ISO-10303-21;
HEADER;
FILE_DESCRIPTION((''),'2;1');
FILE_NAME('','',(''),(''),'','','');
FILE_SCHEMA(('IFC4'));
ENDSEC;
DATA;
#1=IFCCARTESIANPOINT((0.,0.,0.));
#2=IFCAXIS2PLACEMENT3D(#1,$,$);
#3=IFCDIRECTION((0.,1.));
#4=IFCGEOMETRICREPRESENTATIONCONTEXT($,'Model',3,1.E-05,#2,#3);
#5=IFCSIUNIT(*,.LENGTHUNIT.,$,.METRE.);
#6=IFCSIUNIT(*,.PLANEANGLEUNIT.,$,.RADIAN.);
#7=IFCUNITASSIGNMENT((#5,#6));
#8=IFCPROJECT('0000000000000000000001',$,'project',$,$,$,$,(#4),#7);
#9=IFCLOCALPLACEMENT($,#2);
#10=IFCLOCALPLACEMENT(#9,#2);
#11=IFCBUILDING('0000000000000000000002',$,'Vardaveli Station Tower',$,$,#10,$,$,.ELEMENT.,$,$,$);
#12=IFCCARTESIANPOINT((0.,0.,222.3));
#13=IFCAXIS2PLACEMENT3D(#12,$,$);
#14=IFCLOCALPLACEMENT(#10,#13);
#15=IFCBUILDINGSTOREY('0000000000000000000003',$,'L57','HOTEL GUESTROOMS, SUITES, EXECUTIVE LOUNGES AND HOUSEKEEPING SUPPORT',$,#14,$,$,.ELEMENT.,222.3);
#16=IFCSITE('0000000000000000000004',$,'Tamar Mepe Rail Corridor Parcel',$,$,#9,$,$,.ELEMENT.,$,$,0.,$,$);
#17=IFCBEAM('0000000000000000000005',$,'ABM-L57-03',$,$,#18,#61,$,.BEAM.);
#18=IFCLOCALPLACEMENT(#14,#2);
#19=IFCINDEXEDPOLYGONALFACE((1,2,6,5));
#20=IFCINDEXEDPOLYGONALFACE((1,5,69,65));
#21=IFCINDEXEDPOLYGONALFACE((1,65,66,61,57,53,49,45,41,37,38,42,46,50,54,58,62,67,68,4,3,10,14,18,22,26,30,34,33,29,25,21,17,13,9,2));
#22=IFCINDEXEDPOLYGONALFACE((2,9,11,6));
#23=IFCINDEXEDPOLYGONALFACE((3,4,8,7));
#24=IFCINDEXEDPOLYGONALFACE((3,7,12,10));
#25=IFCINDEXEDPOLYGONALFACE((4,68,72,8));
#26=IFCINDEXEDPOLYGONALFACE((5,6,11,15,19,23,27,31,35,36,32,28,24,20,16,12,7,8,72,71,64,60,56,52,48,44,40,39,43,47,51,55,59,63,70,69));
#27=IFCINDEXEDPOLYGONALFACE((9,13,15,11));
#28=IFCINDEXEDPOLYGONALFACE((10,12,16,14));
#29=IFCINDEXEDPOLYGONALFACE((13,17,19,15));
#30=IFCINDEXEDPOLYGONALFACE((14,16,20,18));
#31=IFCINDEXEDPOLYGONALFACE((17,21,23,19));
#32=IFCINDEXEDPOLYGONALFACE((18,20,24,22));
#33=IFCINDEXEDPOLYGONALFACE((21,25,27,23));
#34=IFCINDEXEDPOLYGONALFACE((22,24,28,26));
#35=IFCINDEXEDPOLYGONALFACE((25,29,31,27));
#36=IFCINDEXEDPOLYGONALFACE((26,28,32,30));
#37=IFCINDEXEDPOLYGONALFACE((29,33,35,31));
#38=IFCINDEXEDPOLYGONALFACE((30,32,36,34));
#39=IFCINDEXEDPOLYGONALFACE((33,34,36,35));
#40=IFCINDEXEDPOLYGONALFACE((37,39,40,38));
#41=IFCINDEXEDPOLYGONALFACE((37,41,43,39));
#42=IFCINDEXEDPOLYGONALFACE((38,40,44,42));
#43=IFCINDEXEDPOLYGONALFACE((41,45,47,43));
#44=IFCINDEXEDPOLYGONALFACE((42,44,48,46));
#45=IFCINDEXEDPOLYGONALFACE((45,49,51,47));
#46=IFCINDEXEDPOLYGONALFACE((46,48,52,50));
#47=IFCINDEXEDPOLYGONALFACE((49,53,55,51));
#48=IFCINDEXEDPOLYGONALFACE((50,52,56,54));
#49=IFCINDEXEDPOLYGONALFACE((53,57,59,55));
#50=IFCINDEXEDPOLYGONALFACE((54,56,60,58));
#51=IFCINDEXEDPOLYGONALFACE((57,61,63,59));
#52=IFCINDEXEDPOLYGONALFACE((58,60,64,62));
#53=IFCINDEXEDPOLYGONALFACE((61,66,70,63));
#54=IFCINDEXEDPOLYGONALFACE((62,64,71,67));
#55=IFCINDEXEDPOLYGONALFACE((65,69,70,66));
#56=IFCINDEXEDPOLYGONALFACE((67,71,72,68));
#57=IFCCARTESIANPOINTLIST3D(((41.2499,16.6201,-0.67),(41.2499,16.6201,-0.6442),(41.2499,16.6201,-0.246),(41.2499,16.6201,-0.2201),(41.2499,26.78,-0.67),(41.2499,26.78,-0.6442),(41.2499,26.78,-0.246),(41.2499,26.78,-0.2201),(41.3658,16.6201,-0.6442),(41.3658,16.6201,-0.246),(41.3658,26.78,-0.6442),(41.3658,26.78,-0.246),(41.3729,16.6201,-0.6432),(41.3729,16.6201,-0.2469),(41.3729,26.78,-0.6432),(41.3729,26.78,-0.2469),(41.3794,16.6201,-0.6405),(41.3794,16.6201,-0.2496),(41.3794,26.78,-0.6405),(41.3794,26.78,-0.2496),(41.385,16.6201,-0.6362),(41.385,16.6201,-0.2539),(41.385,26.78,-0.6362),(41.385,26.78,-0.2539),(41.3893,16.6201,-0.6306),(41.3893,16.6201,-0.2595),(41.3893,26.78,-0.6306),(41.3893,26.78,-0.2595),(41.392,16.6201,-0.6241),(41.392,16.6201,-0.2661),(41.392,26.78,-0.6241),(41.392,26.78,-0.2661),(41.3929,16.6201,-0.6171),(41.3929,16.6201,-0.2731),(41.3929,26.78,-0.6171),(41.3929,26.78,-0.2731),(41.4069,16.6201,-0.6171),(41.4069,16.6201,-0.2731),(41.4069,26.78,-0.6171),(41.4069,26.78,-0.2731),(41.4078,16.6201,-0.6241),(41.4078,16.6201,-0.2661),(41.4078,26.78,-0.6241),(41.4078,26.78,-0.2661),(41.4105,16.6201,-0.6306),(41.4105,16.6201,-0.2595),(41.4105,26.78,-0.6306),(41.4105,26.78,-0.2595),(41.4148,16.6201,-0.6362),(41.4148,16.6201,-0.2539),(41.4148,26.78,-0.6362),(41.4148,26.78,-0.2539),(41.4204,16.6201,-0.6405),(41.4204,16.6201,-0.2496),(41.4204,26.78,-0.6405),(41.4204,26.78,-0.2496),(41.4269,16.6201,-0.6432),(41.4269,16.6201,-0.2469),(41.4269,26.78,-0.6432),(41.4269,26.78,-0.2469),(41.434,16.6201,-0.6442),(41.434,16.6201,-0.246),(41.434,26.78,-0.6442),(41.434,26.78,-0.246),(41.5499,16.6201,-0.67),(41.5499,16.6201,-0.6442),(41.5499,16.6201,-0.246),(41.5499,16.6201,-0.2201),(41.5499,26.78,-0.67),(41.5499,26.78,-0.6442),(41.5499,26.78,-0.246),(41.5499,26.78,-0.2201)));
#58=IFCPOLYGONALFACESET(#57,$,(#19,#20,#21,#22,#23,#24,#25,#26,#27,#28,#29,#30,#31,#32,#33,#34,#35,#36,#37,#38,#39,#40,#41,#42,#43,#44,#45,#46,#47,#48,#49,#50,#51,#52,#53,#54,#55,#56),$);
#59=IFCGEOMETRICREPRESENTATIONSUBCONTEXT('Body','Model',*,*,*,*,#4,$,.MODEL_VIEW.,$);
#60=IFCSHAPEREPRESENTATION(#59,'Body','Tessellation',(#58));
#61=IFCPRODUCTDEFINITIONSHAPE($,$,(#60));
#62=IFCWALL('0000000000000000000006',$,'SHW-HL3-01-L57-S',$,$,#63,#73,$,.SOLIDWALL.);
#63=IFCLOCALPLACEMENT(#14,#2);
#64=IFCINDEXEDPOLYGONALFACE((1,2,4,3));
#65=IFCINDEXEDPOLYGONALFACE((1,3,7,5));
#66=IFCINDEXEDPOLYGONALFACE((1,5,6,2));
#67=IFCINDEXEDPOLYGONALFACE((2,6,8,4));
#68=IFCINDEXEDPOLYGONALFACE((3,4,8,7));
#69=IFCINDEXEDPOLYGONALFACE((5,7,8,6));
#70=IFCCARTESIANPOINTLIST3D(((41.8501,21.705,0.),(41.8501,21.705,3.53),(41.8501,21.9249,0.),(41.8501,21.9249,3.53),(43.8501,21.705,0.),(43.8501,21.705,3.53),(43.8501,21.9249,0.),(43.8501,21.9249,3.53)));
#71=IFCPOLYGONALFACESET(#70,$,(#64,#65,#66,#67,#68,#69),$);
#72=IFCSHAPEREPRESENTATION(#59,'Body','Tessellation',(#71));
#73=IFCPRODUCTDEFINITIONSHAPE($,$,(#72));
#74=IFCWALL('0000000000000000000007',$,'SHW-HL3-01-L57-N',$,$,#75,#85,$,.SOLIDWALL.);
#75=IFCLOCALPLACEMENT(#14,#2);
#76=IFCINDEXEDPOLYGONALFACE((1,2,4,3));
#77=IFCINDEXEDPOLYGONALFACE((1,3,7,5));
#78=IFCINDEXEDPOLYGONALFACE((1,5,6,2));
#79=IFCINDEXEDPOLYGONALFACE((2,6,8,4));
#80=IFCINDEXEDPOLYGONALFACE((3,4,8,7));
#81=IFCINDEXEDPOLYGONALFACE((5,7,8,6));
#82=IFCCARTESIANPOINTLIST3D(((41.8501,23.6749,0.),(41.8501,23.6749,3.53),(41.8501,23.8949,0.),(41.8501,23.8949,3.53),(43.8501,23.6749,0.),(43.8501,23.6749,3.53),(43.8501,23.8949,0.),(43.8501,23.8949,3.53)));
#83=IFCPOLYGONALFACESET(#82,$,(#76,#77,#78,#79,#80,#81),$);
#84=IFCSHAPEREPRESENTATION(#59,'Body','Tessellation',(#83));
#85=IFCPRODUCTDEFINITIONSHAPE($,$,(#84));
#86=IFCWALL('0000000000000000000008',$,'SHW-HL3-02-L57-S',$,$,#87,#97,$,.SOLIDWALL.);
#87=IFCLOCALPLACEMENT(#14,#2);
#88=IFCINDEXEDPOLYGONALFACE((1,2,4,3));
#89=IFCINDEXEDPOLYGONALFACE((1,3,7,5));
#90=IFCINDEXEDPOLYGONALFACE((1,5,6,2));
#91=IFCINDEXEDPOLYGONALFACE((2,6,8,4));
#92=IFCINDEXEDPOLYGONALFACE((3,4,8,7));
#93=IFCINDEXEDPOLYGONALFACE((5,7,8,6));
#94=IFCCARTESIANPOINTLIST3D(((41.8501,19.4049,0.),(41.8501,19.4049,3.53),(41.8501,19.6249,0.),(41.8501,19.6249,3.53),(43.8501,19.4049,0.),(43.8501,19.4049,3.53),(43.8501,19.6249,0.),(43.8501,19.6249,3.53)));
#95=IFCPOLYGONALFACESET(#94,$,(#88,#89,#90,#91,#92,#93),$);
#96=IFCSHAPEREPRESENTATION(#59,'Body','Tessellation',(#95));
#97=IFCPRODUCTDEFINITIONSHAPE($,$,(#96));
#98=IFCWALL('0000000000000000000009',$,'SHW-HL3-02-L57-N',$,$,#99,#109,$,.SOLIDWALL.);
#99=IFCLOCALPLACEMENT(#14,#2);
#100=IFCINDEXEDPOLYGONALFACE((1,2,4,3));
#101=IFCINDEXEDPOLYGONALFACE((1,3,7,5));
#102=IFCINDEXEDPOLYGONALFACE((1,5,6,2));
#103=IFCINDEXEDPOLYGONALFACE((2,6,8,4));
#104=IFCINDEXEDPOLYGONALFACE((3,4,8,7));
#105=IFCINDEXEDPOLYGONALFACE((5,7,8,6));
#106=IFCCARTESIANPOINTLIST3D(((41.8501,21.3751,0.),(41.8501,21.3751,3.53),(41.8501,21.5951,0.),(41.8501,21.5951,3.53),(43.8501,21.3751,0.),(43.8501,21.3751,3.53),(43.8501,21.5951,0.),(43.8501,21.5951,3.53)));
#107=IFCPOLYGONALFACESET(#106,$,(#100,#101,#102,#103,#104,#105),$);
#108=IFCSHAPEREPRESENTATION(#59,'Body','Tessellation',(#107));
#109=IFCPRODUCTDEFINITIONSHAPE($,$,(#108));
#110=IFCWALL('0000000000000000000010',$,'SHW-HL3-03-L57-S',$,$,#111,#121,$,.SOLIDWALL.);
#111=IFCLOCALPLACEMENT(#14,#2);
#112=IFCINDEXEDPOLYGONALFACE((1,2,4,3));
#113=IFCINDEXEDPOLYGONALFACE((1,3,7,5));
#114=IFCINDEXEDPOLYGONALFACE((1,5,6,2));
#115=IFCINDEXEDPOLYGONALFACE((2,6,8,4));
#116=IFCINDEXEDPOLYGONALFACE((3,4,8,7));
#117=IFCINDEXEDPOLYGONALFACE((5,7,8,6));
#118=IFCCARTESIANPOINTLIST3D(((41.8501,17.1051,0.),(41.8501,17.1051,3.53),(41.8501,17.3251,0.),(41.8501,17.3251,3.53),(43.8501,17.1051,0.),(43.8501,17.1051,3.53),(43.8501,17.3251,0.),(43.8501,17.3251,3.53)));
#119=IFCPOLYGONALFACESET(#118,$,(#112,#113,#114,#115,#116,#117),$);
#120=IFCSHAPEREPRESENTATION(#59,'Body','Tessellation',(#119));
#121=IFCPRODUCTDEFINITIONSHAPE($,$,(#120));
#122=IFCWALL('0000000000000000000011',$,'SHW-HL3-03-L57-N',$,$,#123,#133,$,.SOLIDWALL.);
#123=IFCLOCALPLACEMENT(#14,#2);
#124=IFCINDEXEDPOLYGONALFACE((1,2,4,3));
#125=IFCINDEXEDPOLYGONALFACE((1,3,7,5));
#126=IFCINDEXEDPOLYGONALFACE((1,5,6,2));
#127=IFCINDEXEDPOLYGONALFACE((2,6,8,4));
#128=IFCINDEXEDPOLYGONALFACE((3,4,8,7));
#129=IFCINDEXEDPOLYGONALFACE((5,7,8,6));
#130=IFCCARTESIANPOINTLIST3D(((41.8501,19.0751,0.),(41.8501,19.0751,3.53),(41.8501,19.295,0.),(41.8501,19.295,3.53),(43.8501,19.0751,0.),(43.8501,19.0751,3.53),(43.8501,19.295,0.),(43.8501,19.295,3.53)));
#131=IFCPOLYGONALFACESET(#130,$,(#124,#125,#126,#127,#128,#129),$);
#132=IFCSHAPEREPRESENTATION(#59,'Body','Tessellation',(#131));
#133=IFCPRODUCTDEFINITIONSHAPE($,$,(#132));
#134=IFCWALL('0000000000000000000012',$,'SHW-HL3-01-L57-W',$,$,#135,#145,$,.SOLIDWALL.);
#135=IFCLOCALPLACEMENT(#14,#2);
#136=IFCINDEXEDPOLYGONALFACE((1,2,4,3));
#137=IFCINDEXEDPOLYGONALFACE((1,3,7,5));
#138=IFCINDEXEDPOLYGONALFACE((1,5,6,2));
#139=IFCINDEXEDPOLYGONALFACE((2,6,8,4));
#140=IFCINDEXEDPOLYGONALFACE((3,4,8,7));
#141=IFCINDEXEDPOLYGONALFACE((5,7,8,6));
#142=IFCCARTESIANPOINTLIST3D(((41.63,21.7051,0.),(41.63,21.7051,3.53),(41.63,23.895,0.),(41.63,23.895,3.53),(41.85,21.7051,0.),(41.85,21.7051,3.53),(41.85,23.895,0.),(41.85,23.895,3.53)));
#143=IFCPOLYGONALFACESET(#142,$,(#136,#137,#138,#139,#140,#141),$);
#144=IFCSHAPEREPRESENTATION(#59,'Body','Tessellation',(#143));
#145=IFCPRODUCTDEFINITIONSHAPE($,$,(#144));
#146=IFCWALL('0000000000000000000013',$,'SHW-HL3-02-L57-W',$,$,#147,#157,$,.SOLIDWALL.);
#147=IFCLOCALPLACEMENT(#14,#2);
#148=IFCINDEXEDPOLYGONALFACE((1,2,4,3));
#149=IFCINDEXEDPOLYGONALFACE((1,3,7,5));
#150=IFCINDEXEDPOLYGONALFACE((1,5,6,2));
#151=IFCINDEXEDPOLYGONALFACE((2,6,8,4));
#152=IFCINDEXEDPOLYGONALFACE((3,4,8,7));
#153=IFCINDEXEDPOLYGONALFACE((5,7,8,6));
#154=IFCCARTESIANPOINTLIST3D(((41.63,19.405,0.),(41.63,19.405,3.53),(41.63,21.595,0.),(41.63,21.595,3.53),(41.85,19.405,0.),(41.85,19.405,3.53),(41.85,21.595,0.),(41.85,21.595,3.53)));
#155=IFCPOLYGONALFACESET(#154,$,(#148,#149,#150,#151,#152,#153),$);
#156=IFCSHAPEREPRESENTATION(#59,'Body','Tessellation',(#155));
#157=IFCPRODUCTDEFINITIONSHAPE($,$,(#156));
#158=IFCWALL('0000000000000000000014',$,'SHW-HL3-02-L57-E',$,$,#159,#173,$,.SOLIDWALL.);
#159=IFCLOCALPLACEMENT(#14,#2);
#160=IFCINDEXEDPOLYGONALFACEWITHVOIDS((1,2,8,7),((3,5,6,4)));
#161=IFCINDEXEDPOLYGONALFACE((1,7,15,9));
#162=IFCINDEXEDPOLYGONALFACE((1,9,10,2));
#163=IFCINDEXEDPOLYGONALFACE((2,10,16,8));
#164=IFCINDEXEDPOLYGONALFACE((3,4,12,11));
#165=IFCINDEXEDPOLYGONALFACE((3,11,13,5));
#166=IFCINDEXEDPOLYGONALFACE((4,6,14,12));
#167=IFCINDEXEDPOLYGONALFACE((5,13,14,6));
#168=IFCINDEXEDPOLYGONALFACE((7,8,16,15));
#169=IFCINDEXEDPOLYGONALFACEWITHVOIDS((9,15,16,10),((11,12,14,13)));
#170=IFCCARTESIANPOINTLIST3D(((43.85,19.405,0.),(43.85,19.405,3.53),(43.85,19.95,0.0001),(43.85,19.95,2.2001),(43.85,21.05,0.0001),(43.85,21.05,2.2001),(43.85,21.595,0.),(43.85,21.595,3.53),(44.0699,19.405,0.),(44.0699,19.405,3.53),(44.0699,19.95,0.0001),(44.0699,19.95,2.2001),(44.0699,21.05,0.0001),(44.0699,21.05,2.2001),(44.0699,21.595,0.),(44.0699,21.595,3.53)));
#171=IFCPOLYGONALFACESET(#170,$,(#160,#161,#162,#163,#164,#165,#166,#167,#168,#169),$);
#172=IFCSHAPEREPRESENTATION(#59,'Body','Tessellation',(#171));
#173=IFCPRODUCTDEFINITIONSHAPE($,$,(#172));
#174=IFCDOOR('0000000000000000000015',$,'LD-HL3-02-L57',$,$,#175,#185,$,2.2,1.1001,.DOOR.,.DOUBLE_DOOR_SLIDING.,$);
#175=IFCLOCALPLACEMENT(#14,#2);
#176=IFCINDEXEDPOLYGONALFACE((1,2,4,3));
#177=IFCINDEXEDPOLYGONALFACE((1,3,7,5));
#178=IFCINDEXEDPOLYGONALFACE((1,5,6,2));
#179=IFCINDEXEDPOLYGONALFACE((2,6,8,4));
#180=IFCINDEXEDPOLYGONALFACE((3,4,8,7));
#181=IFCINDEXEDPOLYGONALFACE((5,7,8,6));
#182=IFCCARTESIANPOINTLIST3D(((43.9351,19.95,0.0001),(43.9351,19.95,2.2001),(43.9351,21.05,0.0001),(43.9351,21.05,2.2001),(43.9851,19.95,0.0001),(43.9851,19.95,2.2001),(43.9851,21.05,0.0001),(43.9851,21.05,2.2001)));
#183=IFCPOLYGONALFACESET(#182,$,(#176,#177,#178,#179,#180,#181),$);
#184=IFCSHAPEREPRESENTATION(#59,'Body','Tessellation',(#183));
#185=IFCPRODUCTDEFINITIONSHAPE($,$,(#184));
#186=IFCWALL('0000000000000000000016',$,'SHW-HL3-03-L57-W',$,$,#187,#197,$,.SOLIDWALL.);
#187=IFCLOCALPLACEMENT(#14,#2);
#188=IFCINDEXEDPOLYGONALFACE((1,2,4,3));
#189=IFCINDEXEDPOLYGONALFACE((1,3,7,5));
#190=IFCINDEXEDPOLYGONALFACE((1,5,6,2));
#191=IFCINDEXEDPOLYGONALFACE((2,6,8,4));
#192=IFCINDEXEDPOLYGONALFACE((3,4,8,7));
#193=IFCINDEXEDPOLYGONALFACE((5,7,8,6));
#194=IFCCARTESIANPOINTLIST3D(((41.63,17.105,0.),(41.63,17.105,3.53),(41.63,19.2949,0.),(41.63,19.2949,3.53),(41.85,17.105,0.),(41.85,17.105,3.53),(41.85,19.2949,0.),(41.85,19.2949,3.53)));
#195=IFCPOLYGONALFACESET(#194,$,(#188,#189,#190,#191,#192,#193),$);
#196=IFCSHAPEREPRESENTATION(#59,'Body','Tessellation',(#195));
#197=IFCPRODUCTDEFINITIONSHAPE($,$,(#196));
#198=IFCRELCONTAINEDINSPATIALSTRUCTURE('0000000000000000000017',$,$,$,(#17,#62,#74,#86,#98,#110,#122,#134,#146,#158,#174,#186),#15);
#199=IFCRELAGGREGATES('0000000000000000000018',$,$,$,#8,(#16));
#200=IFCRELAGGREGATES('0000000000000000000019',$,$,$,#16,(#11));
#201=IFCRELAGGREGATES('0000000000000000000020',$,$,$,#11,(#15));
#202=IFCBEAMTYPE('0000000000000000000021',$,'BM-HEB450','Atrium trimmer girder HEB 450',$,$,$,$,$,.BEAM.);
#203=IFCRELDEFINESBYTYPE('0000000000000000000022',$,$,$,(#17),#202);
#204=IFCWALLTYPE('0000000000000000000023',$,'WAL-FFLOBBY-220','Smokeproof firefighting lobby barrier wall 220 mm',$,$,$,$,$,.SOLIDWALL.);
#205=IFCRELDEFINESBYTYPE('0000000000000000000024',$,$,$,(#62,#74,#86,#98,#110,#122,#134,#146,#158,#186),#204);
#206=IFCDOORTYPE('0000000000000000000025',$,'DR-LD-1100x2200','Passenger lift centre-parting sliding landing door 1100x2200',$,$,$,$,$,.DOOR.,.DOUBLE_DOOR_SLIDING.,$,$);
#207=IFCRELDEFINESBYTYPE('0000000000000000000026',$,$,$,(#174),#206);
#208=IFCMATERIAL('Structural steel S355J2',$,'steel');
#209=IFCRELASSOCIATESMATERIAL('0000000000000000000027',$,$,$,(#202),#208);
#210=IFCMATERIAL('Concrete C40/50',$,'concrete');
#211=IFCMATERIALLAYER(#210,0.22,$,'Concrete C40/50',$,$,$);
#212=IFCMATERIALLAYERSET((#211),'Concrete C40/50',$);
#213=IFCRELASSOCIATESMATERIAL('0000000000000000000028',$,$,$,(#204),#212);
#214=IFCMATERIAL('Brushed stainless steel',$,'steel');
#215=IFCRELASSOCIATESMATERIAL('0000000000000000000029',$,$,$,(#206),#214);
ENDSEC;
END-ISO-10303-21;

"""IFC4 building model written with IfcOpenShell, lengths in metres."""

from ifc_helpers import new_model, si_unit, direction, frame, frame_2d, origin, origin_2d, place, context, subcontext, project, spatial, rectangle, i_section, extrude, source, transform, mapped, material, layer, layer_set, material_profile, profile_set, type_object, element, fill, save


model = new_model("IFC4")

# Units and contexts
model_context = context("Model", 3, precision=1e-05, world=origin(), true_north=direction((0.0, 1.0)))
body_context = subcontext(model_context, "Body", "Model", "MODEL_VIEW")
ifc_project = project(units=[si_unit("LENGTHUNIT", "METRE"), si_unit("PLANEANGLEUNIT", "RADIAN")], contexts=[model_context])

# Site, building, storey
site_placement = place(None, origin())
site = spatial("IfcSite", under=ifc_project, at=site_placement, Name="Tamar Mepe Rail Corridor Parcel", CompositionType="ELEMENT", RefElevation=0.0)
building_placement = place(site_placement, origin())
building = spatial("IfcBuilding", under=site, at=building_placement, Name="Vardaveli Station Tower", CompositionType="ELEMENT")
storey_placement = place(building_placement, frame((0.0, 0.0, 222.3)))
storey = spatial("IfcBuildingStorey", under=building, at=storey_placement, Name="L57", Description="HOTEL GUESTROOMS, SUITES, EXECUTIVE LOUNGES AND HOUSEKEEPING SUPPORT", CompositionType="ELEMENT", Elevation=222.3)

# Beam
ifc_material_1 = material(Name="Structural steel S355J2", Category="steel")
ifc_material_profile_1 = material_profile(ifc_material_1, i_section(OverallWidth=0.3, OverallDepth=0.45, WebThickness=0.0139, FlangeThickness=0.0259, FilletRadius=0.0271, at=origin_2d()), Name="HEB 450")
ifc_profile_set_1 = profile_set([ifc_material_profile_1], Name="Structural steel S355J2")
beam_type = type_object("IfcBeamType", Name="BM-HEB450", Description="Atrium trimmer girder HEB 450", PredefinedType="BEAM", material=ifc_profile_set_1)
shared_shape_1 = source(origin(), body_context, "Body", "SweptSolid", [
    extrude(i_section(OverallWidth=0.3, OverallDepth=0.45, WebThickness=0.0139, FlangeThickness=0.0259, FilletRadius=0.0271, at=origin_2d()), origin(), (0.0, 0.0, 1.0), 10.1599),
])
beam_1_placement = place(storey_placement, frame((41.3999, 16.6201, -0.4451), z_axis=(0.0, 1.0, 0.0), x_axis=(-1.0, 0.0, 0.0)))
element("IfcBeam", 1, at=beam_1_placement, inside=storey, type_object=beam_type, Name="ABM-L57-03", PredefinedType="BEAM", context=body_context, shape_type="MappedRepresentation", body=[
    mapped(shared_shape_1, transform((0.0, 0.0, 0.0), scale=1.0)),
])

# Walls
ifc_material_2 = material(Name="Concrete C40/50", Category="concrete")
ifc_layer_1 = layer(ifc_material_2, 0.22, Name="Concrete C40/50")
ifc_layer_set_1 = layer_set([ifc_layer_1], Name="Concrete C40/50")
wall_type_1 = type_object("IfcWallType", Name="WAL-FFLOBBY-220", Description="Smokeproof firefighting lobby barrier wall 220 mm", PredefinedType="SOLIDWALL", material=ifc_layer_set_1)
shared_shape_2 = source(origin(), body_context, "Body", "SweptSolid", [
    extrude(rectangle(XDim=2.0, YDim=0.22, at=frame_2d((1.0, 0.0))), origin(), (0.0, 0.0, 1.0), 3.53),
])
for number, where, z_axis, x_axis, name in (
    (2, (41.8501, 21.8149, 0.0), (0.0, 0.0, 1.0), (1.0, 0.0, 0.0), "SHW-HL3-01-L57-S"),
    (3, (41.8501, 23.7849, 0.0), (0.0, 0.0, 1.0), (1.0, 0.0, 0.0), "SHW-HL3-01-L57-N"),
    (4, (41.8501, 19.5149, 0.0), (0.0, 0.0, 1.0), (1.0, 0.0, 0.0), "SHW-HL3-02-L57-S"),
    (5, (41.8501, 21.4851, 0.0), (0.0, 0.0, 1.0), (1.0, 0.0, 0.0), "SHW-HL3-02-L57-N"),
    (6, (41.8501, 17.2151, 0.0), (0.0, 0.0, 1.0), (1.0, 0.0, 0.0), "SHW-HL3-03-L57-S"),
    (7, (41.8501, 19.1851, 0.0), (0.0, 0.0, 1.0), (1.0, 0.0, 0.0), "SHW-HL3-03-L57-N"),
):
    element("IfcWall", number, at=place(storey_placement, frame(where, z_axis=z_axis, x_axis=x_axis)), inside=storey, type_object=wall_type_1, Name=name, PredefinedType="SOLIDWALL", context=body_context, shape_type="MappedRepresentation", body=[
        mapped(shared_shape_2, transform((0.0, 0.0, 0.0), scale=1.0)),
    ])
shared_shape_3 = source(origin(), body_context, "Body", "SweptSolid", [
    extrude(rectangle(XDim=2.1899, YDim=0.22, at=frame_2d((1.095, 0.0))), origin(), (0.0, 0.0, 1.0), 3.53),
])
for number, where, z_axis, x_axis, name in (
    (8, (41.74, 21.7051, 0.0), (0.0, 0.0, 1.0), (0.0, 1.0, 0.0), "SHW-HL3-01-L57-W"),
    (9, (41.74, 19.405, 0.0), (0.0, 0.0, 1.0), (0.0, 1.0, 0.0), "SHW-HL3-02-L57-W"),
):
    element("IfcWall", number, at=place(storey_placement, frame(where, z_axis=z_axis, x_axis=x_axis)), inside=storey, type_object=wall_type_1, Name=name, PredefinedType="SOLIDWALL", context=body_context, shape_type="MappedRepresentation", body=[
        mapped(shared_shape_3, transform((0.0, 0.0, 0.0), scale=1.0)),
    ])

# Wall, opening, door
wall_1_placement = place(storey_placement, frame((43.96, 19.405, 0.0), z_axis=(0.0, 0.0, 1.0), x_axis=(0.0, 1.0, 0.0)))
wall_1 = element("IfcWall", 10, at=wall_1_placement, inside=storey, type_object=wall_type_1, Name="SHW-HL3-02-L57-E", PredefinedType="SOLIDWALL", context=body_context, shape_type="MappedRepresentation", body=[
    mapped(shared_shape_3, transform((0.0, 0.0, 0.0), scale=1.0)),
])
shared_shape_4 = source(origin(), body_context, "Body", "SweptSolid", [
    extrude(rectangle(XDim=1.1001, YDim=2.2, at=frame_2d((0.55, 1.1001))), frame((0.0, 0.1201, 0.0), z_axis=(0.0, -1.0, 0.0), x_axis=(1.0, 0.0, 0.0)), (0.0, 0.0, 1.0), 0.24),
])
opening_1_placement = place(wall_1_placement, frame((0.5449, 0.0, 0.0)))
opening_1 = element("IfcOpeningElement", 11, at=opening_1_placement, cuts=wall_1, PredefinedType="OPENING", context=body_context, shape_type="MappedRepresentation", body=[
    mapped(shared_shape_4, transform((0.0, 0.0, 0.0), scale=1.0)),
])
ifc_material_3 = material(Name="Brushed stainless steel", Category="steel")
door_type = type_object("IfcDoorType", Name="DR-LD-1100x2200", Description="Passenger lift centre-parting sliding landing door 1100x2200", OperationType="DOUBLE_DOOR_SLIDING", PredefinedType="DOOR", material=ifc_material_3)
shared_shape_5 = source(origin(), body_context, "Body", "SweptSolid", [
    extrude(rectangle(XDim=1.1001, YDim=2.2, at=frame_2d((0.55, 1.1001))), frame((0.0, 0.0249, 0.0), z_axis=(0.0, -1.0, 0.0), x_axis=(1.0, 0.0, 0.0)), (0.0, 0.0, 1.0), 0.05),
])
door_1_placement = place(opening_1_placement, origin())
door_1 = element("IfcDoor", 12, at=door_1_placement, inside=storey, type_object=door_type, Name="LD-HL3-02-L57", OperationType="DOUBLE_DOOR_SLIDING", OverallHeight=2.2, OverallWidth=1.1001, PredefinedType="DOOR", context=body_context, shape_type="MappedRepresentation", body=[
    mapped(shared_shape_5, transform((0.0, 0.0, 0.0), scale=1.0)),
])
fill(opening_1, door_1)

# Wall
wall_2_placement = place(storey_placement, frame((41.74, 17.105, 0.0), z_axis=(0.0, 0.0, 1.0), x_axis=(0.0, 1.0, 0.0)))
element("IfcWall", 13, at=wall_2_placement, inside=storey, type_object=wall_type_1, Name="SHW-HL3-03-L57-W", PredefinedType="SOLIDWALL", context=body_context, shape_type="MappedRepresentation", body=[
    mapped(shared_shape_3, transform((0.0, 0.0, 0.0), scale=1.0)),
])

save(model, "model.ifc")
